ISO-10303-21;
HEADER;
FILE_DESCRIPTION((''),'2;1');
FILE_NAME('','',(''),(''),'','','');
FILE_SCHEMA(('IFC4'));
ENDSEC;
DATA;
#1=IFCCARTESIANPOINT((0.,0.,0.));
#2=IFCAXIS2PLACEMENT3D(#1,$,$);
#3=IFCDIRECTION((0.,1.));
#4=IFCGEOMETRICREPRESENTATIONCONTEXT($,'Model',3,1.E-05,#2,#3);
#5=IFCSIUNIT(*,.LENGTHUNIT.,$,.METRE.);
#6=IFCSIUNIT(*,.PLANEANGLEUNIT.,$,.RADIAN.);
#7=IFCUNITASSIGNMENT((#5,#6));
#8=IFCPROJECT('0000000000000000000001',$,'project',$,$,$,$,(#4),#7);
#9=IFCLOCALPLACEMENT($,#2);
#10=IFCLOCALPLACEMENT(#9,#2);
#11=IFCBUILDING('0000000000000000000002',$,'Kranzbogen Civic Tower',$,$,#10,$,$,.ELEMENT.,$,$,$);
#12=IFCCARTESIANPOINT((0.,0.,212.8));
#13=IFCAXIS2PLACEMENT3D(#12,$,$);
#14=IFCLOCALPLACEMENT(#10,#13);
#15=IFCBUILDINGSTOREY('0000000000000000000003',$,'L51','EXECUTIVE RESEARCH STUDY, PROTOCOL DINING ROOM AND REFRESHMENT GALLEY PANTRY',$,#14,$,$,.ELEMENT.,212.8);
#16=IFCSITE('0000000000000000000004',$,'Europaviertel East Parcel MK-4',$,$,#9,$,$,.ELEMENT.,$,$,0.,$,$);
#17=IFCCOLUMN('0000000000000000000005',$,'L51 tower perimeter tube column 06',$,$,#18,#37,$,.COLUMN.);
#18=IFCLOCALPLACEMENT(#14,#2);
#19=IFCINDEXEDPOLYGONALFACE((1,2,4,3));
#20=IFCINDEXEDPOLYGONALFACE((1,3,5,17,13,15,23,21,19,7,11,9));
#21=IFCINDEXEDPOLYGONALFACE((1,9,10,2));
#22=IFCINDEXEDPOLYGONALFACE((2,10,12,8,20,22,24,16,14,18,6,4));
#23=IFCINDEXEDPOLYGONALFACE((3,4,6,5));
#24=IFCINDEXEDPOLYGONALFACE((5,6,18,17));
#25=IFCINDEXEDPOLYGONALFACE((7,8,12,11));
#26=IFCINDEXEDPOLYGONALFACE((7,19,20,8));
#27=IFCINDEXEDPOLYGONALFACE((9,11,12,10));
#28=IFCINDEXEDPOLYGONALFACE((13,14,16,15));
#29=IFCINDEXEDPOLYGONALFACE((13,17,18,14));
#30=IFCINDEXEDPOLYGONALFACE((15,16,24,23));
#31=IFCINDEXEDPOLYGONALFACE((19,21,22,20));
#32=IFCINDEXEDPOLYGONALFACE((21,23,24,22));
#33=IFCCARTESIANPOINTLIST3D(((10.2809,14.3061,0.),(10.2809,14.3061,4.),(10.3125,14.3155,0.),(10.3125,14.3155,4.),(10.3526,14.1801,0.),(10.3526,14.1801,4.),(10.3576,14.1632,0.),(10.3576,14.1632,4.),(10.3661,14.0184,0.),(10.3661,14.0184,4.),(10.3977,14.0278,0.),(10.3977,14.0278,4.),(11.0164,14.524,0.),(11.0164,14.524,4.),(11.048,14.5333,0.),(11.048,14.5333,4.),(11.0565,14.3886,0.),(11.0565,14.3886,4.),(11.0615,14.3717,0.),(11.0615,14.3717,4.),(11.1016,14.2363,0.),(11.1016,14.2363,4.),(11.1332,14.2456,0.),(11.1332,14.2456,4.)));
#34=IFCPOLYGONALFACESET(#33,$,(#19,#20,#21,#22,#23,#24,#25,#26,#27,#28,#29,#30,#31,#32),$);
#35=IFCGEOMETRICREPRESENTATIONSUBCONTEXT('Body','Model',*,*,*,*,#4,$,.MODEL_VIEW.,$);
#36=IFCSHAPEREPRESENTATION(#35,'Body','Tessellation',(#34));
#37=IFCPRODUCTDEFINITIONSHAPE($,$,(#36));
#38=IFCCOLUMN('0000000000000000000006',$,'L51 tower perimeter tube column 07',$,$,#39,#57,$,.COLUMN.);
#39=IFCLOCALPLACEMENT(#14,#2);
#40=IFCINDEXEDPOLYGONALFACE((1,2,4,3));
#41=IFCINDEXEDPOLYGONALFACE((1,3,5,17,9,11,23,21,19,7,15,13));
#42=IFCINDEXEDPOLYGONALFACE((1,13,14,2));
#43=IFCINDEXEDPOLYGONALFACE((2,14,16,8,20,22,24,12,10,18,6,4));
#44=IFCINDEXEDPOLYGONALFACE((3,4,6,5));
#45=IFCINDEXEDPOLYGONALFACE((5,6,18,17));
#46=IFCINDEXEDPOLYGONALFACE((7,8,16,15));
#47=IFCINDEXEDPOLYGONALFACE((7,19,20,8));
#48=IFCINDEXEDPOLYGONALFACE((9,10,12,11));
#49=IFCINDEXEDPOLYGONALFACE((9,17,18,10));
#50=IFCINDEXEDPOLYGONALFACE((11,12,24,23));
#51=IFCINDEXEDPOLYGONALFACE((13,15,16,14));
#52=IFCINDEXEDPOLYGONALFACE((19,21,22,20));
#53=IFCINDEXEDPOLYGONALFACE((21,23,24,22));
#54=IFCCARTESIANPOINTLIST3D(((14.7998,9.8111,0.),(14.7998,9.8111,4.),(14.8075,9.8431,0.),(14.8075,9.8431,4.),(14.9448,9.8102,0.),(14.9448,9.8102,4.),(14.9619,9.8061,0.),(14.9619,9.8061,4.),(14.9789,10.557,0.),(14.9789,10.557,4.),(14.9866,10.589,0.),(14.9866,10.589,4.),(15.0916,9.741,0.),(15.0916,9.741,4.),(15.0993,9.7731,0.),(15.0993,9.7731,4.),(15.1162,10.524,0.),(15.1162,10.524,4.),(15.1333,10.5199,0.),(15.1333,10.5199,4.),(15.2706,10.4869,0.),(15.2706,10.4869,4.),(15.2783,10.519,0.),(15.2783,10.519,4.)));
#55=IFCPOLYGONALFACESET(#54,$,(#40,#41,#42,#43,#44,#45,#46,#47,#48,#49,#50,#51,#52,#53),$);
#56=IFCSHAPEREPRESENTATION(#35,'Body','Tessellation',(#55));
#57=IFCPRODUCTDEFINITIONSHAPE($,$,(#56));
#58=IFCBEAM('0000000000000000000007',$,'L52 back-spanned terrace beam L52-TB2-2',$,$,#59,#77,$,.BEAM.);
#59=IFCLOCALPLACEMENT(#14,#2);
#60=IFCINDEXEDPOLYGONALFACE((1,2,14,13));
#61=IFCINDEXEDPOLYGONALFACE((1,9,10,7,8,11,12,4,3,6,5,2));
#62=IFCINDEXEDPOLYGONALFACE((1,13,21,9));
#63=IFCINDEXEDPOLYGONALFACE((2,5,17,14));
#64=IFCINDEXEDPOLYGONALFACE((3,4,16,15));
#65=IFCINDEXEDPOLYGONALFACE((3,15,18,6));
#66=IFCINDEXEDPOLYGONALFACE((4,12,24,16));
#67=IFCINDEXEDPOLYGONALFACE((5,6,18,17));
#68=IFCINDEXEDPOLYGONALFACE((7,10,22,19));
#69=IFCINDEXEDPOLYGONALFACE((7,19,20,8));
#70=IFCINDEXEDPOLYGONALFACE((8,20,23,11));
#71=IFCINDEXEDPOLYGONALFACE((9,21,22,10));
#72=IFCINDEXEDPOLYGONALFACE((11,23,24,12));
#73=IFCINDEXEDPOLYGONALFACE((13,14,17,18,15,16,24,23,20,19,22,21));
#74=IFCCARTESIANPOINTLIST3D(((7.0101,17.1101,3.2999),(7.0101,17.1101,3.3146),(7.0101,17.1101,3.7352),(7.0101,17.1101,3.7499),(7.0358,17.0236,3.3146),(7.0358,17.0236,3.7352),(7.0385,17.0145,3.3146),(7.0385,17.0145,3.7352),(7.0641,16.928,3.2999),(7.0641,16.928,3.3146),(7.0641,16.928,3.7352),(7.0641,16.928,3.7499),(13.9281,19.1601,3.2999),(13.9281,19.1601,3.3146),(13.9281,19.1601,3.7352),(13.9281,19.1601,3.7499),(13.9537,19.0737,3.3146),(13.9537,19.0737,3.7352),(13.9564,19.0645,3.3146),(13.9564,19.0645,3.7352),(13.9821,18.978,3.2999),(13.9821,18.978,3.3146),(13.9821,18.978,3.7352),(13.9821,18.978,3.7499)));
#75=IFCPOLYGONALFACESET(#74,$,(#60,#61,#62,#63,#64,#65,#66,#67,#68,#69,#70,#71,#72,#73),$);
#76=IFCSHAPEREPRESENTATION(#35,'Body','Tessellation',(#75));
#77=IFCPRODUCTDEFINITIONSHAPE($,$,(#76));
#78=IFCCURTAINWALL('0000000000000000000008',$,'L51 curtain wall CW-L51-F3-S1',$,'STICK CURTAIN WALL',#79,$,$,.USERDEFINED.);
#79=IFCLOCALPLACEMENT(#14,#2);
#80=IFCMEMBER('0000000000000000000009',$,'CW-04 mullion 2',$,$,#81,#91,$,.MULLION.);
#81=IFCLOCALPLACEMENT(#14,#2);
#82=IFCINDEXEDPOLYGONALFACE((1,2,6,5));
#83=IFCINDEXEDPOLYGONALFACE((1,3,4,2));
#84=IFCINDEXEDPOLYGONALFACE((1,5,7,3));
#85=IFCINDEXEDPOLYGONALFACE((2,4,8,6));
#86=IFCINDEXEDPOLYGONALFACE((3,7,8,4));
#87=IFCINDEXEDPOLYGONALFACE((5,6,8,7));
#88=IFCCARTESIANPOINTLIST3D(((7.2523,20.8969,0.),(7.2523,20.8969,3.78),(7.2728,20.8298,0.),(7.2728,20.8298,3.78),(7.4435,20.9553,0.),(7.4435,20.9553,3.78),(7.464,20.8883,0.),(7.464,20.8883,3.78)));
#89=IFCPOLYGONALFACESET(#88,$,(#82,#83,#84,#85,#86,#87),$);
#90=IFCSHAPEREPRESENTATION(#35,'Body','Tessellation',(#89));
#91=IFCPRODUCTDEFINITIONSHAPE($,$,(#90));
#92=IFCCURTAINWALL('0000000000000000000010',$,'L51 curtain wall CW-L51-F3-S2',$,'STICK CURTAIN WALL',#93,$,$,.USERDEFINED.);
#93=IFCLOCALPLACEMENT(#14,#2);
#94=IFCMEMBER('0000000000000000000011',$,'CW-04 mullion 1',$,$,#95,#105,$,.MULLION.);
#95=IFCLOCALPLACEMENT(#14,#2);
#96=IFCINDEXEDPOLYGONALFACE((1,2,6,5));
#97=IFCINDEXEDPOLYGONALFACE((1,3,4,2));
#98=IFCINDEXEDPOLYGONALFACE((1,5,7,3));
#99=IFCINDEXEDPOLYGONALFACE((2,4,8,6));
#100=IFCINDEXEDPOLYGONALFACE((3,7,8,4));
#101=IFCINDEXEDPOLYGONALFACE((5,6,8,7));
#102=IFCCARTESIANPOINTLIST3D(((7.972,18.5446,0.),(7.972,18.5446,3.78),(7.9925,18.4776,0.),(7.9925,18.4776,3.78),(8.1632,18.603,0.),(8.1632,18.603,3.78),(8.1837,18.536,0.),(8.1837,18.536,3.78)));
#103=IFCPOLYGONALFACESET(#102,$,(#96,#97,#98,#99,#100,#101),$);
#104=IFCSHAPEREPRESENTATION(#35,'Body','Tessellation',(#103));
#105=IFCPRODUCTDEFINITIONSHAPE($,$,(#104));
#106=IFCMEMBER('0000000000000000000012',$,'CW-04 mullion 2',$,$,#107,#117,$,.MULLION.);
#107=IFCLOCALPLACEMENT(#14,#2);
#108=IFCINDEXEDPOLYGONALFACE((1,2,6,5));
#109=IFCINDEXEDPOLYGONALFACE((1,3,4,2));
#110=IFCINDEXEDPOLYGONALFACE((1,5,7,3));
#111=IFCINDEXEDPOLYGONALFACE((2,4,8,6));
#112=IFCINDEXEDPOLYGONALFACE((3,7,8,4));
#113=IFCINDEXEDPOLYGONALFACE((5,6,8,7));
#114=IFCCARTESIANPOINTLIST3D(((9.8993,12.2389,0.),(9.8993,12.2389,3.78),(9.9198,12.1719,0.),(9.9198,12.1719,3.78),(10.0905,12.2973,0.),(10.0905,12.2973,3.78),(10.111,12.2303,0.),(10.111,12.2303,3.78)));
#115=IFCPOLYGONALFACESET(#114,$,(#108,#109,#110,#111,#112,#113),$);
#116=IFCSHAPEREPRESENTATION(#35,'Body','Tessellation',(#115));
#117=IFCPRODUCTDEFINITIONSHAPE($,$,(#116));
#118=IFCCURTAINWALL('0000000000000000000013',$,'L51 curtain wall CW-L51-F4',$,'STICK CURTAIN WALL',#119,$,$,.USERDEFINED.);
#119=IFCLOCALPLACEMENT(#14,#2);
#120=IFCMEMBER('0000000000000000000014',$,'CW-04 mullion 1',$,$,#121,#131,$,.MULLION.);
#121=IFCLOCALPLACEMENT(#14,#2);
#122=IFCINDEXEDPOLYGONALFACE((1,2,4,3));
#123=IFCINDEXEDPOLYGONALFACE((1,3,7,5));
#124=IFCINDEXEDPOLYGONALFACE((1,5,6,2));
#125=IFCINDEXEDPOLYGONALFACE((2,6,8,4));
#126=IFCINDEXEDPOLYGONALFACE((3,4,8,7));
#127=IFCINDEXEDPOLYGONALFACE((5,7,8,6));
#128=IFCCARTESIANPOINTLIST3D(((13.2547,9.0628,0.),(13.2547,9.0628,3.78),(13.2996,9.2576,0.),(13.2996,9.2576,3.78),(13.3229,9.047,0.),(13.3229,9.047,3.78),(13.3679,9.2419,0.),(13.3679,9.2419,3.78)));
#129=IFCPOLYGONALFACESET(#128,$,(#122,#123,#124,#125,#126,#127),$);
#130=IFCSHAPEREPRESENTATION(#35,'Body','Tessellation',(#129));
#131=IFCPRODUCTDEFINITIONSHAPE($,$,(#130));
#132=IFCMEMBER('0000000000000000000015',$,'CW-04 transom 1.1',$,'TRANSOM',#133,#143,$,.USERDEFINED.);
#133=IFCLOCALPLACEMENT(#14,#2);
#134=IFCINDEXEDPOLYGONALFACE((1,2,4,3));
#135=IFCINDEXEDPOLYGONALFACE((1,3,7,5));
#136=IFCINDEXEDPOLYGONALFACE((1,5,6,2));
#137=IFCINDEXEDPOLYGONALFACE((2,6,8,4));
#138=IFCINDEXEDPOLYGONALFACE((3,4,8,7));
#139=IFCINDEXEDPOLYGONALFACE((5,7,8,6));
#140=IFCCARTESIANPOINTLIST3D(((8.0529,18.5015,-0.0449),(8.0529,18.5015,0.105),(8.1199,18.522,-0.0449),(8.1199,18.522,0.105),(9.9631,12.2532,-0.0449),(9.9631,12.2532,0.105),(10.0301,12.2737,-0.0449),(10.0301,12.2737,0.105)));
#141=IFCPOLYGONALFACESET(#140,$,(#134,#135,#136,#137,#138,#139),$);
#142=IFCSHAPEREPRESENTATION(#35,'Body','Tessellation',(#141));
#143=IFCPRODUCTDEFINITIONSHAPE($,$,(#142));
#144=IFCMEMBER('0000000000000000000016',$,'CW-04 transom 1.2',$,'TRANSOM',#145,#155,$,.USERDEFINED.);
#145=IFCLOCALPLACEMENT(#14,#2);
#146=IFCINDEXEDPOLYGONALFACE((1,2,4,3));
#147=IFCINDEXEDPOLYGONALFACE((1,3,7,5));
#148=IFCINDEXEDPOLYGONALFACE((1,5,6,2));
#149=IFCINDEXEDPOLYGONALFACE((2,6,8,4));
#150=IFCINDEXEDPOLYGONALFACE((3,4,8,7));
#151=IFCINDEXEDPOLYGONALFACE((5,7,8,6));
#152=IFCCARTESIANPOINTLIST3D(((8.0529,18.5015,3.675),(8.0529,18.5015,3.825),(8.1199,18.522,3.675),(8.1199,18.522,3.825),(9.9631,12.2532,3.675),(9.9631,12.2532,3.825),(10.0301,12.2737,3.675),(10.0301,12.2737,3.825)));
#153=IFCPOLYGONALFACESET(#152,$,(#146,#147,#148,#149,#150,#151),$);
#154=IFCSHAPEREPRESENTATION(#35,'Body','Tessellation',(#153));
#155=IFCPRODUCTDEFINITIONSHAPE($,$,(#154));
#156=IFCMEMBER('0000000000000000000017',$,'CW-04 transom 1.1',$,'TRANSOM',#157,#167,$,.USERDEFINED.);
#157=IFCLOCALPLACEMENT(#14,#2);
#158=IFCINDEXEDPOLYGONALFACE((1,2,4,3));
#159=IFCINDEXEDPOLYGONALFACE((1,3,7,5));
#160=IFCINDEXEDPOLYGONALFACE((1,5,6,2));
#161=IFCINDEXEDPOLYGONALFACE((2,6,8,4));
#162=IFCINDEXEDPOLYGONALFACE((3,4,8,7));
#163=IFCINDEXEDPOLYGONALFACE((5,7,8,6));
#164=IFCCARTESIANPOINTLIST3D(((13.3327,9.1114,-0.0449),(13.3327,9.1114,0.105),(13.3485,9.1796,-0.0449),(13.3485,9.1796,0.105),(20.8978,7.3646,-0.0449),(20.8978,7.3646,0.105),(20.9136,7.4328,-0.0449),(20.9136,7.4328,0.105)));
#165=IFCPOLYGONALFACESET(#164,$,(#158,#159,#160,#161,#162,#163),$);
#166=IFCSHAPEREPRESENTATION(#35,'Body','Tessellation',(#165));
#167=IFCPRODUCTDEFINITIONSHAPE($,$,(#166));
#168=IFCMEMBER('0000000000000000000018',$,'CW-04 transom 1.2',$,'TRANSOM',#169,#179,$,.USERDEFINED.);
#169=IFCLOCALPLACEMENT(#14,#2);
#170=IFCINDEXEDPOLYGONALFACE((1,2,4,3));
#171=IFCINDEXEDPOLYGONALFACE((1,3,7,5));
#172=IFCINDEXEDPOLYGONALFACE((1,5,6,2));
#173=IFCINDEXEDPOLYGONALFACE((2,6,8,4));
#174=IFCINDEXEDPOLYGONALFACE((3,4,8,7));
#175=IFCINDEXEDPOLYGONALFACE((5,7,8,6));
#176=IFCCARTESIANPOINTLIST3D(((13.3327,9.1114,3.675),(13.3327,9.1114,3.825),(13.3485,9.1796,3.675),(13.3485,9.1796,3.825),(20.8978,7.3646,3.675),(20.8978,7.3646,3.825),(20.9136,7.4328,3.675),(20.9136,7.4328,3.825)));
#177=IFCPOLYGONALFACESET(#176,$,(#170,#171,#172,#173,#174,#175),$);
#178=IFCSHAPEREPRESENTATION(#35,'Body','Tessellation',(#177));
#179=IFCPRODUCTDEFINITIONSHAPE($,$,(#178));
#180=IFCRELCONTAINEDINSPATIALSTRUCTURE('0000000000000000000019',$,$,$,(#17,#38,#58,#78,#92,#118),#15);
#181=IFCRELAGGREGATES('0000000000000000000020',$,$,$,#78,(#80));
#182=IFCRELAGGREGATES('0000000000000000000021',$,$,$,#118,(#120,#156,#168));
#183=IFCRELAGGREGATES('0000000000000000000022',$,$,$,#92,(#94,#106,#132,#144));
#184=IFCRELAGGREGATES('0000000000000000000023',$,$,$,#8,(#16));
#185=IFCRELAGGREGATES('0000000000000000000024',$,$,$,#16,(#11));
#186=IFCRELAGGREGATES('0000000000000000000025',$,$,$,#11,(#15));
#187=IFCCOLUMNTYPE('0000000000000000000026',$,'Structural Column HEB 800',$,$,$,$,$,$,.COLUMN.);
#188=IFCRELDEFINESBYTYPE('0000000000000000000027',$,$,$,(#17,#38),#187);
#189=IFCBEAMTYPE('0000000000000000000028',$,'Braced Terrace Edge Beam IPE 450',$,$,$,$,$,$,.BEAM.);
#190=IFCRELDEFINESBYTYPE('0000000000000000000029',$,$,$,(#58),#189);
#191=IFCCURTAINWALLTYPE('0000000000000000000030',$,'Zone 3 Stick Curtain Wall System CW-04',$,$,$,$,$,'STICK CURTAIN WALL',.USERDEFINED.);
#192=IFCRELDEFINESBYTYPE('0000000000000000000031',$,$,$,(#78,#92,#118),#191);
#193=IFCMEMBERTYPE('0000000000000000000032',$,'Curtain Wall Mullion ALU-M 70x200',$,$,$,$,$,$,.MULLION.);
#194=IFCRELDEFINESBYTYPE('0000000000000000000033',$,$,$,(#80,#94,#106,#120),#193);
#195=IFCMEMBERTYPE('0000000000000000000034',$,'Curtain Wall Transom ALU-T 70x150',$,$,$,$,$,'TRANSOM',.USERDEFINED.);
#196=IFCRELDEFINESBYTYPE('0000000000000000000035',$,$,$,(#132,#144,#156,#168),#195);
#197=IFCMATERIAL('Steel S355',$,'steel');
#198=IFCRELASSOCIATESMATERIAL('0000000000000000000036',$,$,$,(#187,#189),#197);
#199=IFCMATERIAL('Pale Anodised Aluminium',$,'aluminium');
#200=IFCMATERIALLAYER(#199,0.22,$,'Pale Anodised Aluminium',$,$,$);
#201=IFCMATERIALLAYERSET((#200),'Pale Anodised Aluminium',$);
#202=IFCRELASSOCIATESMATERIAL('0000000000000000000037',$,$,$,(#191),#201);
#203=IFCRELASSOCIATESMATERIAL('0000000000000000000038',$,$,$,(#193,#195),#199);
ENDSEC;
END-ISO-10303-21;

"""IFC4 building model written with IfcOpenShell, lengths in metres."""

from ifc_helpers import new_model, si_unit, direction, frame, origin, origin_2d, place, context, subcontext, project, spatial, rectangle, i_section, extrude, material, layer, layer_set, material_profile, profile_set, type_object, element, aggregate, save


model = new_model("IFC4")

# Units and contexts
model_context = context("Model", 3, precision=1e-05, world=origin(), true_north=direction((0.0, 1.0)))
body_context = subcontext(model_context, "Body", "Model", "MODEL_VIEW")
ifc_project = project(units=[si_unit("LENGTHUNIT", "METRE"), si_unit("PLANEANGLEUNIT", "RADIAN")], contexts=[model_context])

# Site, building, storey
site_placement = place(None, origin())
site = spatial("IfcSite", under=ifc_project, at=site_placement, Name="Europaviertel East Parcel MK-4", CompositionType="ELEMENT", RefElevation=0.0)
building_placement = place(site_placement, origin())
building = spatial("IfcBuilding", under=site, at=building_placement, Name="Kranzbogen Civic Tower", CompositionType="ELEMENT")
storey_placement = place(building_placement, frame((0.0, 0.0, 212.8)))
storey = spatial("IfcBuildingStorey", under=building, at=storey_placement, Name="L51", Description="EXECUTIVE RESEARCH STUDY, PROTOCOL DINING ROOM AND REFRESHMENT GALLEY PANTRY", CompositionType="ELEMENT", Elevation=212.8)

# Columns
ifc_material_1 = material(Name="Steel S355", Category="steel")
ifc_material_profile_1 = material_profile(ifc_material_1, i_section(OverallWidth=0.3, OverallDepth=0.8, WebThickness=0.0176, FlangeThickness=0.033, at=origin_2d()), Name="HEB 800")
ifc_profile_set_1 = profile_set([ifc_material_profile_1], Name="Steel S355")
column_type = type_object("IfcColumnType", Name="Structural Column HEB 800", PredefinedType="COLUMN", material=ifc_profile_set_1)
for number, where, z_axis, x_axis, name in (
    (1, (10.707, 14.2759, 0.0), (0.0, 0.0, 1.0), (-0.284015, 0.95882, 0.0), "L51 tower perimeter tube column 06"),
    (2, (15.0391, 10.165, 0.0), (0.0, 0.0, 1.0), (-0.97237, 0.233445, 0.0), "L51 tower perimeter tube column 07"),
):
    element("IfcColumn", number, at=place(storey_placement, frame(where, z_axis=z_axis, x_axis=x_axis)), inside=storey, type_object=column_type, Name=name, PredefinedType="COLUMN", context=body_context, shape_type="SweptSolid", body=[
        extrude(i_section(OverallWidth=0.3, OverallDepth=0.8, WebThickness=0.0176, FlangeThickness=0.033, at=origin_2d()), origin(), (0.0, 0.0, 1.0), 4.0),
    ])

# Beam
ifc_material_profile_2 = material_profile(ifc_material_1, i_section(OverallWidth=0.1899, OverallDepth=0.45, WebThickness=0.0095, FlangeThickness=0.0146, at=origin_2d()), Name="IPE 450")
ifc_profile_set_2 = profile_set([ifc_material_profile_2], Name="Steel S355")
beam_type_1 = type_object("IfcBeamType", Name="Braced Terrace Edge Beam IPE 450", PredefinedType="BEAM", material=ifc_profile_set_2)
beam_1_placement = place(storey_placement, frame((13.9551, 19.0691, 3.5249), z_axis=(-0.958788, -0.284124, 0.0), x_axis=(0.284124, -0.958788, 0.0)))
element("IfcBeam", 3, at=beam_1_placement, inside=storey, type_object=beam_type_1, Name="L52 back-spanned terrace beam L52-TB2-2", PredefinedType="BEAM", context=body_context, shape_type="SweptSolid", body=[
    extrude(i_section(OverallWidth=0.1899, OverallDepth=0.45, WebThickness=0.0095, FlangeThickness=0.0146, at=origin_2d()), origin(), (0.0, 0.0, 1.0), 7.2153),
])

# Curtain wall, member
ifc_material_2 = material(Name="Pale Anodised Aluminium", Category="aluminium")
ifc_layer_1 = layer(ifc_material_2, 0.22, Name="Pale Anodised Aluminium")
ifc_layer_set_1 = layer_set([ifc_layer_1], Name="Pale Anodised Aluminium")
curtain_wall_type = type_object("IfcCurtainWallType", Name="Zone 3 Stick Curtain Wall System CW-04", ElementType="STICK CURTAIN WALL", PredefinedType="USERDEFINED", material=ifc_layer_set_1)
curtain_wall_1_placement = place(storey_placement, origin())
curtain_wall_1 = element("IfcCurtainWall", 4, at=curtain_wall_1_placement, inside=storey, type_object=curtain_wall_type, Name="L51 curtain wall CW-L51-F3-S1", ObjectType="STICK CURTAIN WALL", PredefinedType="USERDEFINED")
ifc_material_profile_3 = material_profile(ifc_material_2, rectangle(XDim=0.0701, YDim=0.2, at=origin_2d()), Name="ALU-M 70x200")
ifc_profile_set_3 = profile_set([ifc_material_profile_3], Name="Pale Anodised Aluminium")
member_type_1 = type_object("IfcMemberType", Name="Curtain Wall Mullion ALU-M 70x200", PredefinedType="MULLION", material=ifc_profile_set_3)
member_1_placement = place(storey_placement, frame((7.3582, 20.8926, 0.0), z_axis=(0.0, 0.0, 1.0), x_axis=(0.292322, -0.95632, 0.0)))
member_1 = element("IfcMember", 5, at=member_1_placement, type_object=member_type_1, Name="CW-04 mullion 2", PredefinedType="MULLION", context=body_context, shape_type="SweptSolid", body=[
    extrude(rectangle(XDim=0.0701, YDim=0.2, at=origin_2d()), origin(), (0.0, 0.0, 1.0), 3.78),
])
aggregate(curtain_wall_1, [member_1])

# Curtain wall, members
curtain_wall_2_placement = place(storey_placement, origin())
curtain_wall_2 = element("IfcCurtainWall", 6, at=curtain_wall_2_placement, inside=storey, type_object=curtain_wall_type, Name="L51 curtain wall CW-L51-F3-S2", ObjectType="STICK CURTAIN WALL", PredefinedType="USERDEFINED")
member_2_placement = place(storey_placement, frame((8.0779, 18.5403, 0.0), z_axis=(0.0, 0.0, 1.0), x_axis=(0.292322, -0.95632, 0.0)))
member_2 = element("IfcMember", 7, at=member_2_placement, type_object=member_type_1, Name="CW-04 mullion 1", PredefinedType="MULLION", context=body_context, shape_type="SweptSolid", body=[
    extrude(rectangle(XDim=0.0701, YDim=0.2, at=origin_2d()), origin(), (0.0, 0.0, 1.0), 3.78),
])
member_3_placement = place(storey_placement, frame((10.0051, 12.2346, 0.0), z_axis=(0.0, 0.0, 1.0), x_axis=(0.292322, -0.95632, 0.0)))
member_3 = element("IfcMember", 8, at=member_3_placement, type_object=member_type_1, Name="CW-04 mullion 2", PredefinedType="MULLION", context=body_context, shape_type="SweptSolid", body=[
    extrude(rectangle(XDim=0.0701, YDim=0.2, at=origin_2d()), origin(), (0.0, 0.0, 1.0), 3.78),
])

# Curtain wall, member
curtain_wall_3_placement = place(storey_placement, origin())
curtain_wall_3 = element("IfcCurtainWall", 9, at=curtain_wall_3_placement, inside=storey, type_object=curtain_wall_type, Name="L51 curtain wall CW-L51-F4", ObjectType="STICK CURTAIN WALL", PredefinedType="USERDEFINED")
member_4_placement = place(storey_placement, frame((13.3113, 9.1523, 0.0), z_axis=(0.0, 0.0, 1.0), x_axis=(0.974365, -0.224971, 0.0)))
member_4 = element("IfcMember", 10, at=member_4_placement, type_object=member_type_1, Name="CW-04 mullion 1", PredefinedType="MULLION", context=body_context, shape_type="SweptSolid", body=[
    extrude(rectangle(XDim=0.0701, YDim=0.2, at=origin_2d()), origin(), (0.0, 0.0, 1.0), 3.78),
])

# Members
ifc_material_profile_4 = material_profile(ifc_material_2, rectangle(XDim=0.0701, YDim=0.1499, at=origin_2d()), Name="ALU-T 70x150")
ifc_profile_set_4 = profile_set([ifc_material_profile_4], Name="Pale Anodised Aluminium")
member_type_2 = type_object("IfcMemberType", Name="Curtain Wall Transom ALU-T 70x150", ElementType="TRANSOM", PredefinedType="USERDEFINED", material=ifc_profile_set_4)
member_5_placement = place(storey_placement, frame((8.0864, 18.5117, 0.03), z_axis=(0.292352, -0.956311, 0.0), x_axis=(0.956311, 0.292352, 0.0)))
member_5 = element("IfcMember", 11, at=member_5_placement, type_object=member_type_2, Name="CW-04 transom 1.1", ObjectType="TRANSOM", PredefinedType="USERDEFINED", context=body_context, shape_type="SweptSolid", body=[
    extrude(rectangle(XDim=0.0701, YDim=0.1499, at=origin_2d()), origin(), (0.0, 0.0, 1.0), 6.5337),
])
member_6_placement = place(storey_placement, frame((8.0864, 18.5117, 3.75), z_axis=(0.292352, -0.956311, 0.0), x_axis=(0.956311, 0.292352, 0.0)))
member_6 = element("IfcMember", 12, at=member_6_placement, type_object=member_type_2, Name="CW-04 transom 1.2", ObjectType="TRANSOM", PredefinedType="USERDEFINED", context=body_context, shape_type="SweptSolid", body=[
    extrude(rectangle(XDim=0.0701, YDim=0.1499, at=origin_2d()), origin(), (0.0, 0.0, 1.0), 6.5337),
])
member_7_placement = place(storey_placement, frame((13.3406, 9.1455, 0.03), z_axis=(0.974363, -0.224984, 0.0), x_axis=(0.224984, 0.974363, 0.0)))
member_7 = element("IfcMember", 13, at=member_7_placement, type_object=member_type_2, Name="CW-04 transom 1.1", ObjectType="TRANSOM", PredefinedType="USERDEFINED", context=body_context, shape_type="SweptSolid", body=[
    extrude(rectangle(XDim=0.0701, YDim=0.1499, at=origin_2d()), origin(), (0.0, 0.0, 1.0), 7.7642),
])
member_8_placement = place(storey_placement, frame((13.3406, 9.1455, 3.75), z_axis=(0.974363, -0.224984, 0.0), x_axis=(0.224984, 0.974363, 0.0)))
member_8 = element("IfcMember", 14, at=member_8_placement, type_object=member_type_2, Name="CW-04 transom 1.2", ObjectType="TRANSOM", PredefinedType="USERDEFINED", context=body_context, shape_type="SweptSolid", body=[
    extrude(rectangle(XDim=0.0701, YDim=0.1499, at=origin_2d()), origin(), (0.0, 0.0, 1.0), 7.7642),
])
aggregate(curtain_wall_3, [member_4, member_7, member_8])

aggregate(curtain_wall_2, [member_2, member_3, member_5, member_6])

save(model, "model.ifc")
